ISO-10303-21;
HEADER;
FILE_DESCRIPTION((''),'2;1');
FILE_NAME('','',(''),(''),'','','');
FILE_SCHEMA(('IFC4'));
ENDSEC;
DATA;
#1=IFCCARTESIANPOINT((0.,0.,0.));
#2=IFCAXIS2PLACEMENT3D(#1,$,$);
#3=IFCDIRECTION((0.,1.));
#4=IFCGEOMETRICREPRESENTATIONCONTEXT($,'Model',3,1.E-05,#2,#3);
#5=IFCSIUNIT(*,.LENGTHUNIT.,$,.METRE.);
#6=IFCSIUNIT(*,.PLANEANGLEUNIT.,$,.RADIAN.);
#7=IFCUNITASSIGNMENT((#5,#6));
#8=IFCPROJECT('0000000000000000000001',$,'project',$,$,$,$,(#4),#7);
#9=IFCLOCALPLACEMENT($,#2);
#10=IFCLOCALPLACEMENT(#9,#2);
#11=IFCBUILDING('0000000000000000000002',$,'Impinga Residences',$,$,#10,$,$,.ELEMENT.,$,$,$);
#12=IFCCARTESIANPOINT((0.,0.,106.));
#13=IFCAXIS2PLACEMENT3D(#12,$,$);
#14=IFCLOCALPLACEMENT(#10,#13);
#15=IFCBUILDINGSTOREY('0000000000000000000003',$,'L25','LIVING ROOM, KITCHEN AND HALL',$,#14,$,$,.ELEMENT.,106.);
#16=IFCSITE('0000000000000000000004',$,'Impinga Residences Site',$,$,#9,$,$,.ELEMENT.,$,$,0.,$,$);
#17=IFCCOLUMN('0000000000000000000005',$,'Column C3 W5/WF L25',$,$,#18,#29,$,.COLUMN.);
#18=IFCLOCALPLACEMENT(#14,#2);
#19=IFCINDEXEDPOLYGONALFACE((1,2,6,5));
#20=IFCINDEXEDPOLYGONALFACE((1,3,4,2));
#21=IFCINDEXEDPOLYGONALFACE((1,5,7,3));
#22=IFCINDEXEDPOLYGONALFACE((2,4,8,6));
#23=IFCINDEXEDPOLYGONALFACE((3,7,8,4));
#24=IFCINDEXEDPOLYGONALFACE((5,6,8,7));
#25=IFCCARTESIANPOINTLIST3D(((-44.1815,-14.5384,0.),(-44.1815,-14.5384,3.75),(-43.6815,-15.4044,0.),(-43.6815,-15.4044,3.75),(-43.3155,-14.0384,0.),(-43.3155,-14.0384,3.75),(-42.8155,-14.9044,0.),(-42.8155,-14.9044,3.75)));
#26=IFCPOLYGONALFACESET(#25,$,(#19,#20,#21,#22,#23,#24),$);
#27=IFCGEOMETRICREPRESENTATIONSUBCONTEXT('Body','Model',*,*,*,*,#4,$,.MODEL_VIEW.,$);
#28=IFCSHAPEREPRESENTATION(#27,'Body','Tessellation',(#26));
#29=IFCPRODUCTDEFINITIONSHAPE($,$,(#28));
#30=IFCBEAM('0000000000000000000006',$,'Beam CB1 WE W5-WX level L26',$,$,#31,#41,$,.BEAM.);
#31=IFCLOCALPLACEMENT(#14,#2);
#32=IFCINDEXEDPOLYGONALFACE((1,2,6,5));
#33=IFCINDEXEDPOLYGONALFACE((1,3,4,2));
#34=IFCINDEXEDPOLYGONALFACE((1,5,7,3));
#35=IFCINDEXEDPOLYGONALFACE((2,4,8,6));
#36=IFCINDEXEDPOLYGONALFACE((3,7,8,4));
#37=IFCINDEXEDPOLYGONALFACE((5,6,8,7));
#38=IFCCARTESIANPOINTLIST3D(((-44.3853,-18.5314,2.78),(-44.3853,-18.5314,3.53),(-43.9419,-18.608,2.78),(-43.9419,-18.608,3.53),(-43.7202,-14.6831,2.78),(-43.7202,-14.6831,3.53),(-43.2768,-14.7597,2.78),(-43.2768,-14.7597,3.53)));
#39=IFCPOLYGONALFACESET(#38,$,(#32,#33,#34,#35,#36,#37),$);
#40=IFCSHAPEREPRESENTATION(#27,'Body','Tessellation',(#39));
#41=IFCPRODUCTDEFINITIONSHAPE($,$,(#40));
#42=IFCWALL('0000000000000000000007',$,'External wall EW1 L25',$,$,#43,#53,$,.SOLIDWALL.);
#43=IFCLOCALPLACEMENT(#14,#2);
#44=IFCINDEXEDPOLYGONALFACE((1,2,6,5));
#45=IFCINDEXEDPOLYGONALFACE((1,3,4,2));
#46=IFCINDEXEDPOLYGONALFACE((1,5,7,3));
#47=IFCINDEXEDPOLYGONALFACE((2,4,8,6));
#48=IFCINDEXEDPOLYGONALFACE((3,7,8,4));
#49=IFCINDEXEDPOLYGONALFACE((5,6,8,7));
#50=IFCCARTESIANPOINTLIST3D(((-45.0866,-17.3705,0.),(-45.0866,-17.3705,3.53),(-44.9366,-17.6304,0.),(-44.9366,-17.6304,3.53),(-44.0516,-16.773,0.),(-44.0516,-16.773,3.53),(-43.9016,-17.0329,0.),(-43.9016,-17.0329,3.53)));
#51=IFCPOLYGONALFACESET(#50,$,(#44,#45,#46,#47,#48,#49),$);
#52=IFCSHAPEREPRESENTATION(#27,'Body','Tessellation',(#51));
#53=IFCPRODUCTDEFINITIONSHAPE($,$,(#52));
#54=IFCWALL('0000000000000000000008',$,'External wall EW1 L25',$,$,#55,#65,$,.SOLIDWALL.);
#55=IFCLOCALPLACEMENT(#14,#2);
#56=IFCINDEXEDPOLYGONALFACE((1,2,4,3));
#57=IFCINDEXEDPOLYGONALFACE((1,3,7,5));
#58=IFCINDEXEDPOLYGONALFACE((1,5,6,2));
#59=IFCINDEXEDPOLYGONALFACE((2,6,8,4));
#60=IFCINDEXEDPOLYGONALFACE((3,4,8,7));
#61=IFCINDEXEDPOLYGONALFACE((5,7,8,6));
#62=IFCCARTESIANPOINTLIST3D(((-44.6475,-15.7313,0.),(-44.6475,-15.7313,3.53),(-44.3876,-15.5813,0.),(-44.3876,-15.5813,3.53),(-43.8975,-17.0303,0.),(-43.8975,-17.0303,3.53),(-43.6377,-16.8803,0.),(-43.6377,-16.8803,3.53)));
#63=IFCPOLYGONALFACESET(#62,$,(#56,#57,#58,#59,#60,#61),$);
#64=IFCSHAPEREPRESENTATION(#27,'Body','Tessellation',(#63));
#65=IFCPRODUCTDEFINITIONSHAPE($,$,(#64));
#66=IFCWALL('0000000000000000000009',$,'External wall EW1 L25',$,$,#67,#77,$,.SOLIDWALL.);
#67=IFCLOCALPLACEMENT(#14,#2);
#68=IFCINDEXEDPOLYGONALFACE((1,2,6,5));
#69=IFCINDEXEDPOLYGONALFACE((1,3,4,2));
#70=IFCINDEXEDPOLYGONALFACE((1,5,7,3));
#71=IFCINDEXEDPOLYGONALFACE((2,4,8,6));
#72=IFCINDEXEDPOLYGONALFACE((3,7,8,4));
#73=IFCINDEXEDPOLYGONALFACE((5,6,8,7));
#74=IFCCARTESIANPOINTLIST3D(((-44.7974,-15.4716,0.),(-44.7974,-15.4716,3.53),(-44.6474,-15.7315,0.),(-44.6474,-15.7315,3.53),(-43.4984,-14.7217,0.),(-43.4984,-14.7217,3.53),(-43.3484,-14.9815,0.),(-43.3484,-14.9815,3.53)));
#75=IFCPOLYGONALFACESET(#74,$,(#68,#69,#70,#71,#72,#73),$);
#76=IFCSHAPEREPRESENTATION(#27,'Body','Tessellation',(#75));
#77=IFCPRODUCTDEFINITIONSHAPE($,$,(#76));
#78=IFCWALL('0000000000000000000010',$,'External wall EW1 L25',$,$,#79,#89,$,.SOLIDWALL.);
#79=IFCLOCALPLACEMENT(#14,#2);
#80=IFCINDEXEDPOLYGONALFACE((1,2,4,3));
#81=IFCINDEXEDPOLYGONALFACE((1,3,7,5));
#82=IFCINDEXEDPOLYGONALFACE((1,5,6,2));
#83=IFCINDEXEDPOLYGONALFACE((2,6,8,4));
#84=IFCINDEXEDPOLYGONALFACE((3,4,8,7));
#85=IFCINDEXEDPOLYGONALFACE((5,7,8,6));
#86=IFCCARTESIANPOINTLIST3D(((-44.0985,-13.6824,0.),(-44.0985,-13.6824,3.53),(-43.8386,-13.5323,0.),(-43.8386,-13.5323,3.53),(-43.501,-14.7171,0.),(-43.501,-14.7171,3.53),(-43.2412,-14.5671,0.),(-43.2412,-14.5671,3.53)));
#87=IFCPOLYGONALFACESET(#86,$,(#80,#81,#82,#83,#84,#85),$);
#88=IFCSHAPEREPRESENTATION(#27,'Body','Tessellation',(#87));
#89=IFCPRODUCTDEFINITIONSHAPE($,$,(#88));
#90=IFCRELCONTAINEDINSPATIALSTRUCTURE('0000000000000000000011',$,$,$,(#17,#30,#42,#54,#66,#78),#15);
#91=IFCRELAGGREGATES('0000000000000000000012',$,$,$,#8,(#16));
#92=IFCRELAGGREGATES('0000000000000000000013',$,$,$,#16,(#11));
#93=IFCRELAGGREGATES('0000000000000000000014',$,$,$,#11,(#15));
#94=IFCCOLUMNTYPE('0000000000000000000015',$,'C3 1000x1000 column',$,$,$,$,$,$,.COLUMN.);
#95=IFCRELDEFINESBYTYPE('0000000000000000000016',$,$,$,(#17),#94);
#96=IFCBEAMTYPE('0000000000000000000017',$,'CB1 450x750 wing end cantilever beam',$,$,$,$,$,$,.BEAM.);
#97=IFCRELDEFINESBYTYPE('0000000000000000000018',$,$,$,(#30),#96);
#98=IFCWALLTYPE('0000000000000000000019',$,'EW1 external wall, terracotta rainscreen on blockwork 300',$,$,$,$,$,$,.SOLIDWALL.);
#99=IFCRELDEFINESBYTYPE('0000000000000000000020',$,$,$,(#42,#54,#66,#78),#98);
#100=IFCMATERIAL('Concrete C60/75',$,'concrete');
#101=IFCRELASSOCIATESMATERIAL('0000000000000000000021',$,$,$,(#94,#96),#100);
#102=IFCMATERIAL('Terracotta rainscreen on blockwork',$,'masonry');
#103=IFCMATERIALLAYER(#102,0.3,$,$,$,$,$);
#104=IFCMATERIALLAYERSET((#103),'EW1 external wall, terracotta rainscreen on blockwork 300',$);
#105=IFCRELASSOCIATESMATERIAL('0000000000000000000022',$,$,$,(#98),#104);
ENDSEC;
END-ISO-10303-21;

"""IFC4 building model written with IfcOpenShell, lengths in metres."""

from ifc_helpers import new_model, si_unit, direction, frame, frame_2d, origin, origin_2d, place, context, subcontext, project, spatial, rectangle, extrude, material, layer, layer_set, material_profile, profile_set, type_object, element, save


model = new_model("IFC4")

# Units and contexts
model_context = context("Model", 3, precision=1e-05, world=origin(), true_north=direction((0.0, 1.0)))
body_context = subcontext(model_context, "Body", "Model", "MODEL_VIEW")
ifc_project = project(units=[si_unit("LENGTHUNIT", "METRE"), si_unit("PLANEANGLEUNIT", "RADIAN")], contexts=[model_context])

# Site, building, storey
site_placement = place(None, origin())
site = spatial("IfcSite", under=ifc_project, at=site_placement, Name="Impinga Residences Site", CompositionType="ELEMENT", RefElevation=0.0)
building_placement = place(site_placement, origin())
building = spatial("IfcBuilding", under=site, at=building_placement, Name="Impinga Residences", CompositionType="ELEMENT")
storey_placement = place(building_placement, frame((0.0, 0.0, 106.0)))
storey = spatial("IfcBuildingStorey", under=building, at=storey_placement, Name="L25", Description="LIVING ROOM, KITCHEN AND HALL", CompositionType="ELEMENT", Elevation=106.0)

# Column
ifc_material_1 = material(Name="Concrete C60/75", Category="concrete")
ifc_material_profile_1 = material_profile(ifc_material_1, rectangle(XDim=1.0, YDim=1.0, at=origin_2d()), Name="RC 1000x1000")
ifc_profile_set_1 = profile_set([ifc_material_profile_1], Name="Concrete C60/75")
column_type = type_object("IfcColumnType", Name="C3 1000x1000 column", PredefinedType="COLUMN", material=ifc_profile_set_1)
column_placement = place(storey_placement, frame((-43.4985, -14.7214, 0.0), z_axis=(0.0, 0.0, 1.0), x_axis=(-0.5, 0.866025, 0.0)))
element("IfcColumn", 1, at=column_placement, inside=storey, type_object=column_type, Name="Column C3 W5/WF L25", PredefinedType="COLUMN", context=body_context, shape_type="SweptSolid", body=[
    extrude(rectangle(XDim=1.0, YDim=1.0, at=origin_2d()), origin(), (0.0, 0.0, 1.0), 3.75),
])

# Beam
ifc_material_profile_2 = material_profile(ifc_material_1, rectangle(XDim=0.45, YDim=0.75, at=origin_2d()), Name="RC 450x750")
ifc_profile_set_2 = profile_set([ifc_material_profile_2], Name="Concrete C60/75")
beam_type = type_object("IfcBeamType", Name="CB1 450x750 wing end cantilever beam", PredefinedType="BEAM", material=ifc_profile_set_2)
beam_placement = place(storey_placement, frame((-43.4985, -14.7214, 3.155), z_axis=(-0.170296, -0.985393, 0.0), x_axis=(0.985393, -0.170296, 0.0)))
element("IfcBeam", 2, at=beam_placement, inside=storey, type_object=beam_type, Name="Beam CB1 WE W5-WX level L26", PredefinedType="BEAM", context=body_context, shape_type="SweptSolid", body=[
    extrude(rectangle(XDim=0.45, YDim=0.75, at=origin_2d()), origin(), (0.0, 0.0, 1.0), 3.9053),
])

# Walls
ifc_material_2 = material(Name="Terracotta rainscreen on blockwork", Category="masonry")
ifc_layer_1 = layer(ifc_material_2, 0.3)
ifc_layer_set_1 = layer_set([ifc_layer_1], Name="EW1 external wall, terracotta rainscreen on blockwork 300")
wall_type_1 = type_object("IfcWallType", Name="EW1 external wall, terracotta rainscreen on blockwork 300", PredefinedType="SOLIDWALL", material=ifc_layer_set_1)
wall_1_placement = place(storey_placement, frame((-45.0117, -17.5005, 0.0), z_axis=(0.0, 0.0, 1.0), x_axis=(0.86606, 0.499941, 0.0)))
element("IfcWall", 3, at=wall_1_placement, inside=storey, type_object=wall_type_1, Name="External wall EW1 L25", PredefinedType="SOLIDWALL", context=body_context, shape_type="SweptSolid", body=[
    extrude(rectangle(XDim=1.1951, YDim=0.3, at=frame_2d((0.5977, 0.0))), origin(), (0.0, 0.0, 1.0), 3.53),
])
for number, where, z_axis, x_axis, name in (
    (4, (-43.7676, -16.9553, 0.0), (0.0, 0.0, 1.0), (-0.49999, 0.866031, 0.0), "External wall EW1 L25"),
    (5, (-44.7224, -15.6016, 0.0), (0.0, 0.0, 1.0), (0.866031, 0.49999, 0.0), "External wall EW1 L25"),
):
    element("IfcWall", number, at=place(storey_placement, frame(where, z_axis=z_axis, x_axis=x_axis)), inside=storey, type_object=wall_type_1, Name=name, PredefinedType="SOLIDWALL", context=body_context, shape_type="SweptSolid", body=[
        extrude(rectangle(XDim=1.5, YDim=0.3, at=frame_2d((0.75, 0.0))), origin(), (0.0, 0.0, 1.0), 3.53),
    ])
wall_2_placement = place(storey_placement, frame((-43.3711, -14.6421, 0.0), z_axis=(0.0, 0.0, 1.0), x_axis=(-0.500029, 0.866009, 0.0)))
element("IfcWall", 6, at=wall_2_placement, inside=storey, type_object=wall_type_1, Name="External wall EW1 L25", PredefinedType="SOLIDWALL", context=body_context, shape_type="SweptSolid", body=[
    extrude(rectangle(XDim=1.1948, YDim=0.3, at=frame_2d((0.5974, 0.0))), origin(), (0.0, 0.0, 1.0), 3.53),
])

save(model, "model.ifc")
